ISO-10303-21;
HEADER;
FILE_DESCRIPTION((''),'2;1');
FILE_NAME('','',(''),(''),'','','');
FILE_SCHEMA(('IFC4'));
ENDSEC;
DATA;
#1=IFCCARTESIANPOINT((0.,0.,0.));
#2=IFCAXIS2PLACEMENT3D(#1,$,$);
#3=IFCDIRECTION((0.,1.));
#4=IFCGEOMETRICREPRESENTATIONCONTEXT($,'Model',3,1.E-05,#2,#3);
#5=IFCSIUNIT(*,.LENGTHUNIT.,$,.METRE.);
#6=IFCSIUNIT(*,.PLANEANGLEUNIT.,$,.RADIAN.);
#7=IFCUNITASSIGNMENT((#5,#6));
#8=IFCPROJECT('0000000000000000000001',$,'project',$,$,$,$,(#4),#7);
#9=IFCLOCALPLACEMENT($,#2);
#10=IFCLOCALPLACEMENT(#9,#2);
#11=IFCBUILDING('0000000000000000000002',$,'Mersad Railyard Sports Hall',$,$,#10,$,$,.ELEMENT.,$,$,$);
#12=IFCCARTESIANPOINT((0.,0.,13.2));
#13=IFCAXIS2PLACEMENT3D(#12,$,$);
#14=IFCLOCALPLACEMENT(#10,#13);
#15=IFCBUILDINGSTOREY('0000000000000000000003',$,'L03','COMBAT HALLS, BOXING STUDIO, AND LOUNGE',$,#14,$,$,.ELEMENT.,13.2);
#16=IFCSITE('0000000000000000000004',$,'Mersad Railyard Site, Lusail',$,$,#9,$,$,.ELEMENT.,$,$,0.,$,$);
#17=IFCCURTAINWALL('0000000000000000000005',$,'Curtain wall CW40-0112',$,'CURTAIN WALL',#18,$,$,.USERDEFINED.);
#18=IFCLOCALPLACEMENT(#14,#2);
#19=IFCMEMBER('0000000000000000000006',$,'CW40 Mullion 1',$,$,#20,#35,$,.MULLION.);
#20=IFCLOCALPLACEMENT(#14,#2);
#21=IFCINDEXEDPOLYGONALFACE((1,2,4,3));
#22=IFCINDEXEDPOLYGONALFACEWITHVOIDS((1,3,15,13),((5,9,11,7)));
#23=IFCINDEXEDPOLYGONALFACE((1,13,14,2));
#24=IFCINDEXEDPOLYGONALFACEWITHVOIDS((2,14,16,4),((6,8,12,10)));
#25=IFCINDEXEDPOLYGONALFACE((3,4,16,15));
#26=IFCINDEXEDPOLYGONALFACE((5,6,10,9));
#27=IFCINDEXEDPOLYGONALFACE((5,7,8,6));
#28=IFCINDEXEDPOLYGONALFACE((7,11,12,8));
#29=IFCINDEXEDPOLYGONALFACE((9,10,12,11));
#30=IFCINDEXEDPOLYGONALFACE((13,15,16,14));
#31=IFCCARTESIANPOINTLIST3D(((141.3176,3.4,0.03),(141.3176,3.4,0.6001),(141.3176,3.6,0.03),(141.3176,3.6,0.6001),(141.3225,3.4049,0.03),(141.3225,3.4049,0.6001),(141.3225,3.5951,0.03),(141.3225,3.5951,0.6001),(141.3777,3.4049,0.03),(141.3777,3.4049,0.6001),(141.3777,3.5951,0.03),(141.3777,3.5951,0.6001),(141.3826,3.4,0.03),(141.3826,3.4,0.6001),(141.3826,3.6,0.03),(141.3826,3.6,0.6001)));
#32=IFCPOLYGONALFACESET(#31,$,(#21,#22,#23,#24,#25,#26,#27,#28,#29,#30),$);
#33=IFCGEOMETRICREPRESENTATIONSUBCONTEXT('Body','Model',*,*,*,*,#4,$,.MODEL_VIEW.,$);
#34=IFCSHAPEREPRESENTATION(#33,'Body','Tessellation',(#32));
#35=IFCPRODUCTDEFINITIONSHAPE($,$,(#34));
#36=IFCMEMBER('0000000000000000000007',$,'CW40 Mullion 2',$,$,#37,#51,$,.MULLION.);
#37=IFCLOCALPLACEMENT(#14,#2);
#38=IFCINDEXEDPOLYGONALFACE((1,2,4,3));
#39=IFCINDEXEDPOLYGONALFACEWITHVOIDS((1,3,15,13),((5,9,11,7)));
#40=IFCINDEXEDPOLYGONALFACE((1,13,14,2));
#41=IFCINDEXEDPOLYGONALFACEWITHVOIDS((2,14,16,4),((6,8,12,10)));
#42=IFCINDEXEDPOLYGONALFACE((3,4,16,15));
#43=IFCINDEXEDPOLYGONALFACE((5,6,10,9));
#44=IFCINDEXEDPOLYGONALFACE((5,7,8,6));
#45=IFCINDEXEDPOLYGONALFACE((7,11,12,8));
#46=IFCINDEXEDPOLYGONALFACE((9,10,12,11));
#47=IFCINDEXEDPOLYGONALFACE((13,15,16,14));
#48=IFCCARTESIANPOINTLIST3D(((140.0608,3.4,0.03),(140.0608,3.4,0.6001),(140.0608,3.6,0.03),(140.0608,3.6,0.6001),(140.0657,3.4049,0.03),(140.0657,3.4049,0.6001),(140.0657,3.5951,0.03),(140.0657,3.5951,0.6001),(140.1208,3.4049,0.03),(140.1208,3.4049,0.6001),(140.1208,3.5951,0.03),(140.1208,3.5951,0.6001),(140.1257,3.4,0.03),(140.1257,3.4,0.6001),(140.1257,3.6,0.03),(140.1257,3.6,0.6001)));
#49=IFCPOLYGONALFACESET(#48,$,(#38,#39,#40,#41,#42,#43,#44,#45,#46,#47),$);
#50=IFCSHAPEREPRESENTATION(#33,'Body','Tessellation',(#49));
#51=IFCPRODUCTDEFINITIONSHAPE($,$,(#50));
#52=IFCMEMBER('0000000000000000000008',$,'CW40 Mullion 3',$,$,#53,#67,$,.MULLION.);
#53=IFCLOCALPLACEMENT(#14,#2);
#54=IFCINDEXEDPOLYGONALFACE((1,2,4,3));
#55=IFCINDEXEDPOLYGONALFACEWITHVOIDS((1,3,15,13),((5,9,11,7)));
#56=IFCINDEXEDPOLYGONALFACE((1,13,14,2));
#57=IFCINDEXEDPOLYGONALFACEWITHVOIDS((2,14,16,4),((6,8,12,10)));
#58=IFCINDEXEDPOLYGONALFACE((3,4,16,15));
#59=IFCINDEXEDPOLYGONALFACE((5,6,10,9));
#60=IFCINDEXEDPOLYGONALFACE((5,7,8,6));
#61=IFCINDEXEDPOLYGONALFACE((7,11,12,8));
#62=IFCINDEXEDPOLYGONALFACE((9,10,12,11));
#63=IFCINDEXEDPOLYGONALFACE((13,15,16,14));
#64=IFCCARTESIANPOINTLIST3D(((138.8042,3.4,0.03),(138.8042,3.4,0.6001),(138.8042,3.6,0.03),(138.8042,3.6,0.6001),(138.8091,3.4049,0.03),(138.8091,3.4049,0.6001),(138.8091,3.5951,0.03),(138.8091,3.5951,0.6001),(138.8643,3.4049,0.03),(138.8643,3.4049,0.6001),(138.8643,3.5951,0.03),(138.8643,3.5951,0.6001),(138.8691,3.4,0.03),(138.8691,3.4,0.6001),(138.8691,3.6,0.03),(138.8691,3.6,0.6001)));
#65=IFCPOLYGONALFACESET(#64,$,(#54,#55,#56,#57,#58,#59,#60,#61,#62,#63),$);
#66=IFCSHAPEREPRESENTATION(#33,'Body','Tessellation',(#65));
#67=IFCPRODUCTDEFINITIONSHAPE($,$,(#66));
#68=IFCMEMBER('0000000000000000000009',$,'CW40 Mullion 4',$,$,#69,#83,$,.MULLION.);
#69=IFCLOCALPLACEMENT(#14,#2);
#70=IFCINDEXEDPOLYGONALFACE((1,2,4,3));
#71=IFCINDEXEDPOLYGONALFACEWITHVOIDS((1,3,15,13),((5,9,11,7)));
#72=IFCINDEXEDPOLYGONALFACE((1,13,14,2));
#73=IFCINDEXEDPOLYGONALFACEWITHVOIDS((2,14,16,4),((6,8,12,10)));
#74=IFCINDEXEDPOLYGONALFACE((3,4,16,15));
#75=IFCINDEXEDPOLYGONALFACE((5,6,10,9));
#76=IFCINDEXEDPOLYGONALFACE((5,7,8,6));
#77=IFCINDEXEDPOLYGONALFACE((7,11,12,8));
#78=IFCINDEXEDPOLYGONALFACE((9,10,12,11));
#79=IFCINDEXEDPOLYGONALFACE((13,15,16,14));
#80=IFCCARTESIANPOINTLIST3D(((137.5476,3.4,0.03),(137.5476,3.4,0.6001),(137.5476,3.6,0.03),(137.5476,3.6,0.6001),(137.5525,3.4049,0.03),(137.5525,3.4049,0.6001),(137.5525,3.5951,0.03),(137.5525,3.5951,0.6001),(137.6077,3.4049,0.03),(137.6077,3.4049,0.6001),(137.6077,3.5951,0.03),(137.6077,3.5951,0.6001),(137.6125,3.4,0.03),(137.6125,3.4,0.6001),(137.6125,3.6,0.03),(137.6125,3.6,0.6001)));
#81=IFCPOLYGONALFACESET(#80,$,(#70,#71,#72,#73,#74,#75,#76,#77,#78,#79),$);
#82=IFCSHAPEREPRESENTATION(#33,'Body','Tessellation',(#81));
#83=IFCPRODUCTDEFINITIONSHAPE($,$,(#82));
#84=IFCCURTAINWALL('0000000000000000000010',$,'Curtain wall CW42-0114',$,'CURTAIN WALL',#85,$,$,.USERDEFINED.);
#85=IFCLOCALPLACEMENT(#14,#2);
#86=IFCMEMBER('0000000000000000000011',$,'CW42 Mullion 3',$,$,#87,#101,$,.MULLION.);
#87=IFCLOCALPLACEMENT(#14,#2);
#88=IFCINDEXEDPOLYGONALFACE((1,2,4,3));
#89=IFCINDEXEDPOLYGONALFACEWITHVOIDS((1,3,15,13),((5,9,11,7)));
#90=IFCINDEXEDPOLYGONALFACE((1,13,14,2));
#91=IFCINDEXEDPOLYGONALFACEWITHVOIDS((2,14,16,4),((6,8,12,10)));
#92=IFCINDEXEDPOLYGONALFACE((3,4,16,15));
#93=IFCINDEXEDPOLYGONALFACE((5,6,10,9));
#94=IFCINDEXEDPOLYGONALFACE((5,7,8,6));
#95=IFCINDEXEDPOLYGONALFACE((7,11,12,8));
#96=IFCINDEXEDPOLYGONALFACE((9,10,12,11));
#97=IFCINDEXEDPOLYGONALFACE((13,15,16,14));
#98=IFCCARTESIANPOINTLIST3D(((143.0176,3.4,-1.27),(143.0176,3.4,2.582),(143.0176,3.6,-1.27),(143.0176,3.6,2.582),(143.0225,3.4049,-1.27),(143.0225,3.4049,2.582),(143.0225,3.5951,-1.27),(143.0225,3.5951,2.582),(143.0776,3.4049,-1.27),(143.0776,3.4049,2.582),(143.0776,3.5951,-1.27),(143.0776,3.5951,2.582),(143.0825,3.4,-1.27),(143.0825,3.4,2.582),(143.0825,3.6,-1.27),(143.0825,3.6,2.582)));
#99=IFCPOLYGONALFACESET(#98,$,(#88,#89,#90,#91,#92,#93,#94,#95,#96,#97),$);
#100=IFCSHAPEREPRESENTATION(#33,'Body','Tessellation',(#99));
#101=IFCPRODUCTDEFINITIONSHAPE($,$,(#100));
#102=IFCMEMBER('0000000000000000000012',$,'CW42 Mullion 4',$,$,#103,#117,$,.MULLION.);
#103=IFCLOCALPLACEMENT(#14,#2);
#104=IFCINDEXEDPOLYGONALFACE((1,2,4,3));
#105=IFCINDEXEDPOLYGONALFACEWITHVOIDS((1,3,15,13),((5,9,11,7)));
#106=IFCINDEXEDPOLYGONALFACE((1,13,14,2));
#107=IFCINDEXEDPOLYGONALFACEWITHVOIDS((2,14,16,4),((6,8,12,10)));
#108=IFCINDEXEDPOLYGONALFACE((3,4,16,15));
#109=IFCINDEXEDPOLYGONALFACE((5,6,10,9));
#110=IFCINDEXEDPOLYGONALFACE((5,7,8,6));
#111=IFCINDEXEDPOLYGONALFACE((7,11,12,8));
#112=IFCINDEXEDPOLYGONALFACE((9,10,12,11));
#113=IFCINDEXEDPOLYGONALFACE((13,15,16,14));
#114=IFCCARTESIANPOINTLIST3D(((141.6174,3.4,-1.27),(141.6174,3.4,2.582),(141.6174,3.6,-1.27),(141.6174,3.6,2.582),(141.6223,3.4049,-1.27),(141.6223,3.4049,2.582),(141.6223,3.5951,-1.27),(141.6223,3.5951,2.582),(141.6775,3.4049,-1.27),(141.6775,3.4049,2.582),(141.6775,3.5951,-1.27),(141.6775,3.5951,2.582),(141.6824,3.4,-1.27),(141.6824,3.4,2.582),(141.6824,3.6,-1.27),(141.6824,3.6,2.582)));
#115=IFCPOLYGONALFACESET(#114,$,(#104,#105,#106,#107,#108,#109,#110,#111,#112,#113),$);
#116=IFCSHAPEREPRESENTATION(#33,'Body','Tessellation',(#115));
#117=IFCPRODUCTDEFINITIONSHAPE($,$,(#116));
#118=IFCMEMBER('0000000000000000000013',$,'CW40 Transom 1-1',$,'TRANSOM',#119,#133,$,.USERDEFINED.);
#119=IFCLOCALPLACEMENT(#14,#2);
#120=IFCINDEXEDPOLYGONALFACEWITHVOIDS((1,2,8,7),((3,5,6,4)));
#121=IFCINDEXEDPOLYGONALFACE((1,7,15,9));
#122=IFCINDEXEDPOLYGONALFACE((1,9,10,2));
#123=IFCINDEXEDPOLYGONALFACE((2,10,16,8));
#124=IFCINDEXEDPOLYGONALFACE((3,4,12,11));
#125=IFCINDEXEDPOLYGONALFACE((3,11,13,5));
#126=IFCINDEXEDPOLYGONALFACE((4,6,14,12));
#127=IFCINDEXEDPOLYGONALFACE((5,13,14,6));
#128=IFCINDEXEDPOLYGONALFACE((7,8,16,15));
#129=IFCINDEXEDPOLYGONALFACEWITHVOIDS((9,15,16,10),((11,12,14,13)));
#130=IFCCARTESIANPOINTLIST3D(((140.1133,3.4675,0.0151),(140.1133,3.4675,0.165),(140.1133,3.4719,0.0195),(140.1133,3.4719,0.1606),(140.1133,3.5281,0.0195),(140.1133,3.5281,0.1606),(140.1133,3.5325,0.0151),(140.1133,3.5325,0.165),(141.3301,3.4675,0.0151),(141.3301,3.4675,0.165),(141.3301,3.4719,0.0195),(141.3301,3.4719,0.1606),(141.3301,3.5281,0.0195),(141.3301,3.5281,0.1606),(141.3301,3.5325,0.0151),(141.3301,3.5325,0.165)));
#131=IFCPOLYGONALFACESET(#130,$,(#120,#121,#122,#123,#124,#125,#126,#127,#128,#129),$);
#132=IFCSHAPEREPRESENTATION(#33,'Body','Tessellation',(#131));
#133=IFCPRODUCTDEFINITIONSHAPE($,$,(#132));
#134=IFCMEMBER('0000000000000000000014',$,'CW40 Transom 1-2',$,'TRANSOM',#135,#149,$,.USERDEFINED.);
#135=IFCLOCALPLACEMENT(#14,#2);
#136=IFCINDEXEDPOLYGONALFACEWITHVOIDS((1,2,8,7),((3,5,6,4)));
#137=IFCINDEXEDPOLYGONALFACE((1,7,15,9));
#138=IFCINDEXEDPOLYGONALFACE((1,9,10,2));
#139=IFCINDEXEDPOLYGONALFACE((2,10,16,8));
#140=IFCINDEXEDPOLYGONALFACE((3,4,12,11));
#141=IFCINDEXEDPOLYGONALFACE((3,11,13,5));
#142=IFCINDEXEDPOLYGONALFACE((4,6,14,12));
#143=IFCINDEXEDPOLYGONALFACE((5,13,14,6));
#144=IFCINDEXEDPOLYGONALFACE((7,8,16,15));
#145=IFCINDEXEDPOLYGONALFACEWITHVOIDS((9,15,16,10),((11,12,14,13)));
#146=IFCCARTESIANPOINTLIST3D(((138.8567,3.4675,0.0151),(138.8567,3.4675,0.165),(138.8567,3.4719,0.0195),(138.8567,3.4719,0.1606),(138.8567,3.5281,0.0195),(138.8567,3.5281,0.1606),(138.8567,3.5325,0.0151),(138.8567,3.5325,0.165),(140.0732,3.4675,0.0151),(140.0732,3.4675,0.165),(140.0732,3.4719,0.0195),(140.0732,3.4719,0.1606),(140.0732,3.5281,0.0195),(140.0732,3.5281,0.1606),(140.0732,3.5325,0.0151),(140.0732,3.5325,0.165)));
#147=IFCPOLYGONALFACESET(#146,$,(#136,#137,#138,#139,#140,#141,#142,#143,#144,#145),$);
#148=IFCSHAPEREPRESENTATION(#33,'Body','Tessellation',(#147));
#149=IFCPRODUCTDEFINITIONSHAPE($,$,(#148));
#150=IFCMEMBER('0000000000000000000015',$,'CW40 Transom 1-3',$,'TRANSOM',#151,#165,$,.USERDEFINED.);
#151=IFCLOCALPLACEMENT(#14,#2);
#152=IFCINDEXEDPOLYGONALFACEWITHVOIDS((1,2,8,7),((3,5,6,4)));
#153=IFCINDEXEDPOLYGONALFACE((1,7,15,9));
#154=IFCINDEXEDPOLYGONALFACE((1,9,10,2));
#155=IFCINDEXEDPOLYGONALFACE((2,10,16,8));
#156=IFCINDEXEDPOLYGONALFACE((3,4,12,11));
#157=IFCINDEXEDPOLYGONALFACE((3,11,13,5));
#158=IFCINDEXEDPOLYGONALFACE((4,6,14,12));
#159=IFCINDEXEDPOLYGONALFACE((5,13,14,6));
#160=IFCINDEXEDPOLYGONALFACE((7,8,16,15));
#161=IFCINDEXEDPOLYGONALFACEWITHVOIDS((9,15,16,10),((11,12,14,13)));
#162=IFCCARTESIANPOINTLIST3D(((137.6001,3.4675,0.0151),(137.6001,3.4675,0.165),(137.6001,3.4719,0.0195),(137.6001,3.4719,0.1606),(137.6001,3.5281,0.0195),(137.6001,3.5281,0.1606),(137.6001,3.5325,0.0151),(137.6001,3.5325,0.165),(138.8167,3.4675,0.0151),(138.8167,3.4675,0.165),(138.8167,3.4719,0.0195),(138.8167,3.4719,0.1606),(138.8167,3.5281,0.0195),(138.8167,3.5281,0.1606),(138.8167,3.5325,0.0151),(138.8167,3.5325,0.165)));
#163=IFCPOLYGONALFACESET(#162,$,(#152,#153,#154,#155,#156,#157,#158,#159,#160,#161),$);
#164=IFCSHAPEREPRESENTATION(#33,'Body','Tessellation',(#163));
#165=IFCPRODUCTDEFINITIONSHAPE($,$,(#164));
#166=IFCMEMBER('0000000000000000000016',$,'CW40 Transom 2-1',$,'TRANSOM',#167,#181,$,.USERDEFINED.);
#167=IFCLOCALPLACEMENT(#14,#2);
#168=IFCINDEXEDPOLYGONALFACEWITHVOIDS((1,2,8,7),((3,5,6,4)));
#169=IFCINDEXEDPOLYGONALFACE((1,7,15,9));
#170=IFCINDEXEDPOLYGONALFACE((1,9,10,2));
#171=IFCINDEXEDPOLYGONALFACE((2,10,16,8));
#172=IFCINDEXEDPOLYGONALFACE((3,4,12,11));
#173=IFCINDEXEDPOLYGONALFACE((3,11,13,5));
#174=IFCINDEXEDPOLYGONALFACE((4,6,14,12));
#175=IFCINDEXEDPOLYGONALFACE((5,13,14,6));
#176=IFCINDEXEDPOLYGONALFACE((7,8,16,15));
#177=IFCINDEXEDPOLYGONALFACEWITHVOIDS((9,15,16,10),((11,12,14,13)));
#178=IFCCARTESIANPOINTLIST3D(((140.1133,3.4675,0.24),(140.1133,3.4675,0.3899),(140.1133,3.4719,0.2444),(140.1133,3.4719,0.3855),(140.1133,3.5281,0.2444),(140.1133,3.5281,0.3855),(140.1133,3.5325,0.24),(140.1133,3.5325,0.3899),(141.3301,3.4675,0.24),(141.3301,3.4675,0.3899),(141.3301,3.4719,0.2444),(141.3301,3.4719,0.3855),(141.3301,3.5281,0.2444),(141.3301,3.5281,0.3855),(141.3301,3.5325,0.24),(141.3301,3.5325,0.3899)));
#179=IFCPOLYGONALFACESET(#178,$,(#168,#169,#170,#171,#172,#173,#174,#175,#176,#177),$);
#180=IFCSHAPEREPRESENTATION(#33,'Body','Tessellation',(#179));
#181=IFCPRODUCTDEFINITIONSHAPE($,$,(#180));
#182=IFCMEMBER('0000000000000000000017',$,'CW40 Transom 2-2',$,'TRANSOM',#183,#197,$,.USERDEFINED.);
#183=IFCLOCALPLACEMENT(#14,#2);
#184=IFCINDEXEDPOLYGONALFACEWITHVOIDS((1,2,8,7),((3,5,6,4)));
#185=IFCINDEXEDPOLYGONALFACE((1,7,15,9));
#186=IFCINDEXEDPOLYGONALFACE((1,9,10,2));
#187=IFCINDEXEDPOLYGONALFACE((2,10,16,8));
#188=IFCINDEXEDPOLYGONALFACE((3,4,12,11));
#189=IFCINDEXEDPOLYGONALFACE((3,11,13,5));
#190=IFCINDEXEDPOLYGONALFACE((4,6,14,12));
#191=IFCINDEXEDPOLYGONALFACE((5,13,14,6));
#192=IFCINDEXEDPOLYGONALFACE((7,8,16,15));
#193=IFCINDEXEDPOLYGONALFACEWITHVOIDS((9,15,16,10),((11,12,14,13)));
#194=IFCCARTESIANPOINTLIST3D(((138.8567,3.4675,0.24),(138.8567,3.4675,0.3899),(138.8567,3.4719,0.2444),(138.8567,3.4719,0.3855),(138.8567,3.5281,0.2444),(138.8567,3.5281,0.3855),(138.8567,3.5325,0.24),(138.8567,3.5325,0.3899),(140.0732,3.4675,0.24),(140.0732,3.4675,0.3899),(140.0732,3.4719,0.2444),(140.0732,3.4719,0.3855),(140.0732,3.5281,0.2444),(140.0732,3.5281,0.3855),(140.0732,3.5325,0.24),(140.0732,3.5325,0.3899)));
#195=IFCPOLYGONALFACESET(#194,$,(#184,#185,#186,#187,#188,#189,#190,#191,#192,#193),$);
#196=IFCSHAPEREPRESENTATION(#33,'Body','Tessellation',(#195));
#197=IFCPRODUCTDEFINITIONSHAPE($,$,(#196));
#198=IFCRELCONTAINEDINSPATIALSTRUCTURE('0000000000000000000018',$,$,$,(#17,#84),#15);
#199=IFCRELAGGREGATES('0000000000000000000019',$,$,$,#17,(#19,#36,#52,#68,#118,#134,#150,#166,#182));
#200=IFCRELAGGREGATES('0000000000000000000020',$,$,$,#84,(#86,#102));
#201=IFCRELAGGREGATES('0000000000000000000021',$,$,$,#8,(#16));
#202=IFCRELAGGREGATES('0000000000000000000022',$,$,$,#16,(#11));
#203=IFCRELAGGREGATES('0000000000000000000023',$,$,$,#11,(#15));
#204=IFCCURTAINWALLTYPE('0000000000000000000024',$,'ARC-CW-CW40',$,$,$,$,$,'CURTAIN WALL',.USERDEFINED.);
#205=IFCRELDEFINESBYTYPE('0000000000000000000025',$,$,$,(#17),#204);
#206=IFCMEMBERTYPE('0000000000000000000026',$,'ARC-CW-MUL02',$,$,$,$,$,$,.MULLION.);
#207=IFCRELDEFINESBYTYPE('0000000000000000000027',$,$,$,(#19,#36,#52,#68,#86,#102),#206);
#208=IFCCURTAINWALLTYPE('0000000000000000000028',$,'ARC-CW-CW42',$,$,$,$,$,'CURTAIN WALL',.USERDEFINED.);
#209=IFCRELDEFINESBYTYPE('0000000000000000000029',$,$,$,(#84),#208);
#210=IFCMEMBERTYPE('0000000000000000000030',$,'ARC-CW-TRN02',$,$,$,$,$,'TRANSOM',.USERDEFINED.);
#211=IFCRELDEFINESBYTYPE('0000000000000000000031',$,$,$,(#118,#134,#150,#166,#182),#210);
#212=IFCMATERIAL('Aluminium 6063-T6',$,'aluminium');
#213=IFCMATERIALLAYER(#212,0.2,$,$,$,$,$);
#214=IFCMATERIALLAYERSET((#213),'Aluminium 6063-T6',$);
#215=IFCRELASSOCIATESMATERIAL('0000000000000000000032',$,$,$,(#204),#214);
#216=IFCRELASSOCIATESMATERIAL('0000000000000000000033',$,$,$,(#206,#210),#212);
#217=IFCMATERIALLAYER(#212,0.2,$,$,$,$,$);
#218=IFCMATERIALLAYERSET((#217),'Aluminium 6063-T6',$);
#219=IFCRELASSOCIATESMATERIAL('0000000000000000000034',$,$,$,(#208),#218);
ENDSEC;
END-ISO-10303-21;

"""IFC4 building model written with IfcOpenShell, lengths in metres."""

from ifc_helpers import new_model, si_unit, direction, frame, origin, origin_2d, place, context, subcontext, project, spatial, hollow_rectangle, extrude, material, layer, layer_set, material_profile, profile_set, type_object, element, aggregate, save


model = new_model("IFC4")

# Units and contexts
model_context = context("Model", 3, precision=1e-05, world=origin(), true_north=direction((0.0, 1.0)))
body_context = subcontext(model_context, "Body", "Model", "MODEL_VIEW")
ifc_project = project(units=[si_unit("LENGTHUNIT", "METRE"), si_unit("PLANEANGLEUNIT", "RADIAN")], contexts=[model_context])

# Site, building, storey
site_placement = place(None, origin())
site = spatial("IfcSite", under=ifc_project, at=site_placement, Name="Mersad Railyard Site, Lusail", CompositionType="ELEMENT", RefElevation=0.0)
building_placement = place(site_placement, origin())
building = spatial("IfcBuilding", under=site, at=building_placement, Name="Mersad Railyard Sports Hall", CompositionType="ELEMENT")
storey_placement = place(building_placement, frame((0.0, 0.0, 13.2)))
storey = spatial("IfcBuildingStorey", under=building, at=storey_placement, Name="L03", Description="COMBAT HALLS, BOXING STUDIO, AND LOUNGE", CompositionType="ELEMENT", Elevation=13.2)

# Curtain walls, members
ifc_material_1 = material(Name="Aluminium 6063-T6", Category="aluminium")
ifc_layer_1 = layer(ifc_material_1, 0.2)
ifc_layer_set_1 = layer_set([ifc_layer_1], Name="Aluminium 6063-T6")
curtain_wall_type_1 = type_object("IfcCurtainWallType", Name="ARC-CW-CW40", ElementType="CURTAIN WALL", PredefinedType="USERDEFINED", material=ifc_layer_set_1)
curtain_wall_1_placement = place(storey_placement, origin())
curtain_wall_1 = element("IfcCurtainWall", 1, at=curtain_wall_1_placement, inside=storey, type_object=curtain_wall_type_1, Name="Curtain wall CW40-0112", ObjectType="CURTAIN WALL", PredefinedType="USERDEFINED")
ifc_material_profile_1 = material_profile(ifc_material_1, hollow_rectangle(XDim=0.0649, YDim=0.2, WallThickness=0.0049, at=origin_2d()), Name="AL MULLION 65x200x5")
ifc_profile_set_1 = profile_set([ifc_material_profile_1], Name="Aluminium 6063-T6")
member_type_1 = type_object("IfcMemberType", Name="ARC-CW-MUL02", PredefinedType="MULLION", material=ifc_profile_set_1)
member_1_placement = place(storey_placement, frame((141.3501, 3.5, 0.03), z_axis=(0.0, 0.0, 1.0), x_axis=(1.0, 0.0, 0.0)))
member_1 = element("IfcMember", 2, at=member_1_placement, type_object=member_type_1, Name="CW40 Mullion 1", PredefinedType="MULLION", context=body_context, shape_type="SweptSolid", body=[
    extrude(hollow_rectangle(XDim=0.0649, YDim=0.2, WallThickness=0.0049, at=origin_2d()), origin(), (0.0, 0.0, 1.0), 0.5701),
])
member_2_placement = place(storey_placement, frame((140.0933, 3.5, 0.03), z_axis=(0.0, 0.0, 1.0), x_axis=(1.0, 0.0, 0.0)))
member_2 = element("IfcMember", 3, at=member_2_placement, type_object=member_type_1, Name="CW40 Mullion 2", PredefinedType="MULLION", context=body_context, shape_type="SweptSolid", body=[
    extrude(hollow_rectangle(XDim=0.0649, YDim=0.2, WallThickness=0.0049, at=origin_2d()), origin(), (0.0, 0.0, 1.0), 0.5701),
])
member_3_placement = place(storey_placement, frame((138.8367, 3.5, 0.03), z_axis=(0.0, 0.0, 1.0), x_axis=(1.0, 0.0, 0.0)))
member_3 = element("IfcMember", 4, at=member_3_placement, type_object=member_type_1, Name="CW40 Mullion 3", PredefinedType="MULLION", context=body_context, shape_type="SweptSolid", body=[
    extrude(hollow_rectangle(XDim=0.0649, YDim=0.2, WallThickness=0.0049, at=origin_2d()), origin(), (0.0, 0.0, 1.0), 0.5701),
])
member_4_placement = place(storey_placement, frame((137.5801, 3.5, 0.03), z_axis=(0.0, 0.0, 1.0), x_axis=(1.0, 0.0, 0.0)))
member_4 = element("IfcMember", 5, at=member_4_placement, type_object=member_type_1, Name="CW40 Mullion 4", PredefinedType="MULLION", context=body_context, shape_type="SweptSolid", body=[
    extrude(hollow_rectangle(XDim=0.0649, YDim=0.2, WallThickness=0.0049, at=origin_2d()), origin(), (0.0, 0.0, 1.0), 0.5701),
])
ifc_layer_2 = layer(ifc_material_1, 0.2)
ifc_layer_set_2 = layer_set([ifc_layer_2], Name="Aluminium 6063-T6")
curtain_wall_type_2 = type_object("IfcCurtainWallType", Name="ARC-CW-CW42", ElementType="CURTAIN WALL", PredefinedType="USERDEFINED", material=ifc_layer_set_2)
curtain_wall_2_placement = place(storey_placement, origin())
curtain_wall_2 = element("IfcCurtainWall", 6, at=curtain_wall_2_placement, inside=storey, type_object=curtain_wall_type_2, Name="Curtain wall CW42-0114", ObjectType="CURTAIN WALL", PredefinedType="USERDEFINED")
member_5_placement = place(storey_placement, frame((143.05, 3.5, -1.27), z_axis=(0.0, 0.0, 1.0), x_axis=(1.0, 0.0, 0.0)))
member_5 = element("IfcMember", 7, at=member_5_placement, type_object=member_type_1, Name="CW42 Mullion 3", PredefinedType="MULLION", context=body_context, shape_type="SweptSolid", body=[
    extrude(hollow_rectangle(XDim=0.0649, YDim=0.2, WallThickness=0.0049, at=origin_2d()), origin(), (0.0, 0.0, 1.0), 3.8521),
])
member_6_placement = place(storey_placement, frame((141.6499, 3.5, -1.27), z_axis=(0.0, 0.0, 1.0), x_axis=(1.0, 0.0, 0.0)))
member_6 = element("IfcMember", 8, at=member_6_placement, type_object=member_type_1, Name="CW42 Mullion 4", PredefinedType="MULLION", context=body_context, shape_type="SweptSolid", body=[
    extrude(hollow_rectangle(XDim=0.0649, YDim=0.2, WallThickness=0.0049, at=origin_2d()), origin(), (0.0, 0.0, 1.0), 3.8521),
])

# Members
ifc_material_profile_2 = material_profile(ifc_material_1, hollow_rectangle(XDim=0.0649, YDim=0.1499, WallThickness=0.0044, at=origin_2d()), Name="AL TRANSOM 65x150x4.5")
ifc_profile_set_2 = profile_set([ifc_material_profile_2], Name="Aluminium 6063-T6")
member_type_2 = type_object("IfcMemberType", Name="ARC-CW-TRN02", ElementType="TRANSOM", PredefinedType="USERDEFINED", material=ifc_profile_set_2)
member_7_placement = place(storey_placement, frame((141.3301, 3.5, 0.0901), z_axis=(-1.0, 0.0, 0.0), x_axis=(0.0, -1.0, 0.0)))
member_7 = element("IfcMember", 9, at=member_7_placement, type_object=member_type_2, Name="CW40 Transom 1-1", ObjectType="TRANSOM", PredefinedType="USERDEFINED", context=body_context, shape_type="SweptSolid", body=[
    extrude(hollow_rectangle(XDim=0.0649, YDim=0.1499, WallThickness=0.0044, at=origin_2d()), origin(), (0.0, 0.0, 1.0), 1.2168),
])
member_8_placement = place(storey_placement, frame((140.0732, 3.5, 0.0901), z_axis=(-1.0, 0.0, 0.0), x_axis=(0.0, -1.0, 0.0)))
member_8 = element("IfcMember", 10, at=member_8_placement, type_object=member_type_2, Name="CW40 Transom 1-2", ObjectType="TRANSOM", PredefinedType="USERDEFINED", context=body_context, shape_type="SweptSolid", body=[
    extrude(hollow_rectangle(XDim=0.0649, YDim=0.1499, WallThickness=0.0044, at=origin_2d()), origin(), (0.0, 0.0, 1.0), 1.2166),
])
member_9_placement = place(storey_placement, frame((138.8167, 3.5, 0.0901), z_axis=(-1.0, 0.0, 0.0), x_axis=(0.0, -1.0, 0.0)))
member_9 = element("IfcMember", 11, at=member_9_placement, type_object=member_type_2, Name="CW40 Transom 1-3", ObjectType="TRANSOM", PredefinedType="USERDEFINED", context=body_context, shape_type="SweptSolid", body=[
    extrude(hollow_rectangle(XDim=0.0649, YDim=0.1499, WallThickness=0.0044, at=origin_2d()), origin(), (0.0, 0.0, 1.0), 1.2166),
])
member_10_placement = place(storey_placement, frame((141.3301, 3.5, 0.3149), z_axis=(-1.0, 0.0, 0.0), x_axis=(0.0, -1.0, 0.0)))
member_10 = element("IfcMember", 12, at=member_10_placement, type_object=member_type_2, Name="CW40 Transom 2-1", ObjectType="TRANSOM", PredefinedType="USERDEFINED", context=body_context, shape_type="SweptSolid", body=[
    extrude(hollow_rectangle(XDim=0.0649, YDim=0.1499, WallThickness=0.0044, at=origin_2d()), origin(), (0.0, 0.0, 1.0), 1.2168),
])
member_11_placement = place(storey_placement, frame((140.0732, 3.5, 0.3149), z_axis=(-1.0, 0.0, 0.0), x_axis=(0.0, -1.0, 0.0)))
member_11 = element("IfcMember", 13, at=member_11_placement, type_object=member_type_2, Name="CW40 Transom 2-2", ObjectType="TRANSOM", PredefinedType="USERDEFINED", context=body_context, shape_type="SweptSolid", body=[
    extrude(hollow_rectangle(XDim=0.0649, YDim=0.1499, WallThickness=0.0044, at=origin_2d()), origin(), (0.0, 0.0, 1.0), 1.2166),
])
aggregate(curtain_wall_1, [member_1, member_2, member_3, member_4, member_7, member_8, member_9, member_10, member_11])

aggregate(curtain_wall_2, [member_5, member_6])

save(model, "model.ifc")
